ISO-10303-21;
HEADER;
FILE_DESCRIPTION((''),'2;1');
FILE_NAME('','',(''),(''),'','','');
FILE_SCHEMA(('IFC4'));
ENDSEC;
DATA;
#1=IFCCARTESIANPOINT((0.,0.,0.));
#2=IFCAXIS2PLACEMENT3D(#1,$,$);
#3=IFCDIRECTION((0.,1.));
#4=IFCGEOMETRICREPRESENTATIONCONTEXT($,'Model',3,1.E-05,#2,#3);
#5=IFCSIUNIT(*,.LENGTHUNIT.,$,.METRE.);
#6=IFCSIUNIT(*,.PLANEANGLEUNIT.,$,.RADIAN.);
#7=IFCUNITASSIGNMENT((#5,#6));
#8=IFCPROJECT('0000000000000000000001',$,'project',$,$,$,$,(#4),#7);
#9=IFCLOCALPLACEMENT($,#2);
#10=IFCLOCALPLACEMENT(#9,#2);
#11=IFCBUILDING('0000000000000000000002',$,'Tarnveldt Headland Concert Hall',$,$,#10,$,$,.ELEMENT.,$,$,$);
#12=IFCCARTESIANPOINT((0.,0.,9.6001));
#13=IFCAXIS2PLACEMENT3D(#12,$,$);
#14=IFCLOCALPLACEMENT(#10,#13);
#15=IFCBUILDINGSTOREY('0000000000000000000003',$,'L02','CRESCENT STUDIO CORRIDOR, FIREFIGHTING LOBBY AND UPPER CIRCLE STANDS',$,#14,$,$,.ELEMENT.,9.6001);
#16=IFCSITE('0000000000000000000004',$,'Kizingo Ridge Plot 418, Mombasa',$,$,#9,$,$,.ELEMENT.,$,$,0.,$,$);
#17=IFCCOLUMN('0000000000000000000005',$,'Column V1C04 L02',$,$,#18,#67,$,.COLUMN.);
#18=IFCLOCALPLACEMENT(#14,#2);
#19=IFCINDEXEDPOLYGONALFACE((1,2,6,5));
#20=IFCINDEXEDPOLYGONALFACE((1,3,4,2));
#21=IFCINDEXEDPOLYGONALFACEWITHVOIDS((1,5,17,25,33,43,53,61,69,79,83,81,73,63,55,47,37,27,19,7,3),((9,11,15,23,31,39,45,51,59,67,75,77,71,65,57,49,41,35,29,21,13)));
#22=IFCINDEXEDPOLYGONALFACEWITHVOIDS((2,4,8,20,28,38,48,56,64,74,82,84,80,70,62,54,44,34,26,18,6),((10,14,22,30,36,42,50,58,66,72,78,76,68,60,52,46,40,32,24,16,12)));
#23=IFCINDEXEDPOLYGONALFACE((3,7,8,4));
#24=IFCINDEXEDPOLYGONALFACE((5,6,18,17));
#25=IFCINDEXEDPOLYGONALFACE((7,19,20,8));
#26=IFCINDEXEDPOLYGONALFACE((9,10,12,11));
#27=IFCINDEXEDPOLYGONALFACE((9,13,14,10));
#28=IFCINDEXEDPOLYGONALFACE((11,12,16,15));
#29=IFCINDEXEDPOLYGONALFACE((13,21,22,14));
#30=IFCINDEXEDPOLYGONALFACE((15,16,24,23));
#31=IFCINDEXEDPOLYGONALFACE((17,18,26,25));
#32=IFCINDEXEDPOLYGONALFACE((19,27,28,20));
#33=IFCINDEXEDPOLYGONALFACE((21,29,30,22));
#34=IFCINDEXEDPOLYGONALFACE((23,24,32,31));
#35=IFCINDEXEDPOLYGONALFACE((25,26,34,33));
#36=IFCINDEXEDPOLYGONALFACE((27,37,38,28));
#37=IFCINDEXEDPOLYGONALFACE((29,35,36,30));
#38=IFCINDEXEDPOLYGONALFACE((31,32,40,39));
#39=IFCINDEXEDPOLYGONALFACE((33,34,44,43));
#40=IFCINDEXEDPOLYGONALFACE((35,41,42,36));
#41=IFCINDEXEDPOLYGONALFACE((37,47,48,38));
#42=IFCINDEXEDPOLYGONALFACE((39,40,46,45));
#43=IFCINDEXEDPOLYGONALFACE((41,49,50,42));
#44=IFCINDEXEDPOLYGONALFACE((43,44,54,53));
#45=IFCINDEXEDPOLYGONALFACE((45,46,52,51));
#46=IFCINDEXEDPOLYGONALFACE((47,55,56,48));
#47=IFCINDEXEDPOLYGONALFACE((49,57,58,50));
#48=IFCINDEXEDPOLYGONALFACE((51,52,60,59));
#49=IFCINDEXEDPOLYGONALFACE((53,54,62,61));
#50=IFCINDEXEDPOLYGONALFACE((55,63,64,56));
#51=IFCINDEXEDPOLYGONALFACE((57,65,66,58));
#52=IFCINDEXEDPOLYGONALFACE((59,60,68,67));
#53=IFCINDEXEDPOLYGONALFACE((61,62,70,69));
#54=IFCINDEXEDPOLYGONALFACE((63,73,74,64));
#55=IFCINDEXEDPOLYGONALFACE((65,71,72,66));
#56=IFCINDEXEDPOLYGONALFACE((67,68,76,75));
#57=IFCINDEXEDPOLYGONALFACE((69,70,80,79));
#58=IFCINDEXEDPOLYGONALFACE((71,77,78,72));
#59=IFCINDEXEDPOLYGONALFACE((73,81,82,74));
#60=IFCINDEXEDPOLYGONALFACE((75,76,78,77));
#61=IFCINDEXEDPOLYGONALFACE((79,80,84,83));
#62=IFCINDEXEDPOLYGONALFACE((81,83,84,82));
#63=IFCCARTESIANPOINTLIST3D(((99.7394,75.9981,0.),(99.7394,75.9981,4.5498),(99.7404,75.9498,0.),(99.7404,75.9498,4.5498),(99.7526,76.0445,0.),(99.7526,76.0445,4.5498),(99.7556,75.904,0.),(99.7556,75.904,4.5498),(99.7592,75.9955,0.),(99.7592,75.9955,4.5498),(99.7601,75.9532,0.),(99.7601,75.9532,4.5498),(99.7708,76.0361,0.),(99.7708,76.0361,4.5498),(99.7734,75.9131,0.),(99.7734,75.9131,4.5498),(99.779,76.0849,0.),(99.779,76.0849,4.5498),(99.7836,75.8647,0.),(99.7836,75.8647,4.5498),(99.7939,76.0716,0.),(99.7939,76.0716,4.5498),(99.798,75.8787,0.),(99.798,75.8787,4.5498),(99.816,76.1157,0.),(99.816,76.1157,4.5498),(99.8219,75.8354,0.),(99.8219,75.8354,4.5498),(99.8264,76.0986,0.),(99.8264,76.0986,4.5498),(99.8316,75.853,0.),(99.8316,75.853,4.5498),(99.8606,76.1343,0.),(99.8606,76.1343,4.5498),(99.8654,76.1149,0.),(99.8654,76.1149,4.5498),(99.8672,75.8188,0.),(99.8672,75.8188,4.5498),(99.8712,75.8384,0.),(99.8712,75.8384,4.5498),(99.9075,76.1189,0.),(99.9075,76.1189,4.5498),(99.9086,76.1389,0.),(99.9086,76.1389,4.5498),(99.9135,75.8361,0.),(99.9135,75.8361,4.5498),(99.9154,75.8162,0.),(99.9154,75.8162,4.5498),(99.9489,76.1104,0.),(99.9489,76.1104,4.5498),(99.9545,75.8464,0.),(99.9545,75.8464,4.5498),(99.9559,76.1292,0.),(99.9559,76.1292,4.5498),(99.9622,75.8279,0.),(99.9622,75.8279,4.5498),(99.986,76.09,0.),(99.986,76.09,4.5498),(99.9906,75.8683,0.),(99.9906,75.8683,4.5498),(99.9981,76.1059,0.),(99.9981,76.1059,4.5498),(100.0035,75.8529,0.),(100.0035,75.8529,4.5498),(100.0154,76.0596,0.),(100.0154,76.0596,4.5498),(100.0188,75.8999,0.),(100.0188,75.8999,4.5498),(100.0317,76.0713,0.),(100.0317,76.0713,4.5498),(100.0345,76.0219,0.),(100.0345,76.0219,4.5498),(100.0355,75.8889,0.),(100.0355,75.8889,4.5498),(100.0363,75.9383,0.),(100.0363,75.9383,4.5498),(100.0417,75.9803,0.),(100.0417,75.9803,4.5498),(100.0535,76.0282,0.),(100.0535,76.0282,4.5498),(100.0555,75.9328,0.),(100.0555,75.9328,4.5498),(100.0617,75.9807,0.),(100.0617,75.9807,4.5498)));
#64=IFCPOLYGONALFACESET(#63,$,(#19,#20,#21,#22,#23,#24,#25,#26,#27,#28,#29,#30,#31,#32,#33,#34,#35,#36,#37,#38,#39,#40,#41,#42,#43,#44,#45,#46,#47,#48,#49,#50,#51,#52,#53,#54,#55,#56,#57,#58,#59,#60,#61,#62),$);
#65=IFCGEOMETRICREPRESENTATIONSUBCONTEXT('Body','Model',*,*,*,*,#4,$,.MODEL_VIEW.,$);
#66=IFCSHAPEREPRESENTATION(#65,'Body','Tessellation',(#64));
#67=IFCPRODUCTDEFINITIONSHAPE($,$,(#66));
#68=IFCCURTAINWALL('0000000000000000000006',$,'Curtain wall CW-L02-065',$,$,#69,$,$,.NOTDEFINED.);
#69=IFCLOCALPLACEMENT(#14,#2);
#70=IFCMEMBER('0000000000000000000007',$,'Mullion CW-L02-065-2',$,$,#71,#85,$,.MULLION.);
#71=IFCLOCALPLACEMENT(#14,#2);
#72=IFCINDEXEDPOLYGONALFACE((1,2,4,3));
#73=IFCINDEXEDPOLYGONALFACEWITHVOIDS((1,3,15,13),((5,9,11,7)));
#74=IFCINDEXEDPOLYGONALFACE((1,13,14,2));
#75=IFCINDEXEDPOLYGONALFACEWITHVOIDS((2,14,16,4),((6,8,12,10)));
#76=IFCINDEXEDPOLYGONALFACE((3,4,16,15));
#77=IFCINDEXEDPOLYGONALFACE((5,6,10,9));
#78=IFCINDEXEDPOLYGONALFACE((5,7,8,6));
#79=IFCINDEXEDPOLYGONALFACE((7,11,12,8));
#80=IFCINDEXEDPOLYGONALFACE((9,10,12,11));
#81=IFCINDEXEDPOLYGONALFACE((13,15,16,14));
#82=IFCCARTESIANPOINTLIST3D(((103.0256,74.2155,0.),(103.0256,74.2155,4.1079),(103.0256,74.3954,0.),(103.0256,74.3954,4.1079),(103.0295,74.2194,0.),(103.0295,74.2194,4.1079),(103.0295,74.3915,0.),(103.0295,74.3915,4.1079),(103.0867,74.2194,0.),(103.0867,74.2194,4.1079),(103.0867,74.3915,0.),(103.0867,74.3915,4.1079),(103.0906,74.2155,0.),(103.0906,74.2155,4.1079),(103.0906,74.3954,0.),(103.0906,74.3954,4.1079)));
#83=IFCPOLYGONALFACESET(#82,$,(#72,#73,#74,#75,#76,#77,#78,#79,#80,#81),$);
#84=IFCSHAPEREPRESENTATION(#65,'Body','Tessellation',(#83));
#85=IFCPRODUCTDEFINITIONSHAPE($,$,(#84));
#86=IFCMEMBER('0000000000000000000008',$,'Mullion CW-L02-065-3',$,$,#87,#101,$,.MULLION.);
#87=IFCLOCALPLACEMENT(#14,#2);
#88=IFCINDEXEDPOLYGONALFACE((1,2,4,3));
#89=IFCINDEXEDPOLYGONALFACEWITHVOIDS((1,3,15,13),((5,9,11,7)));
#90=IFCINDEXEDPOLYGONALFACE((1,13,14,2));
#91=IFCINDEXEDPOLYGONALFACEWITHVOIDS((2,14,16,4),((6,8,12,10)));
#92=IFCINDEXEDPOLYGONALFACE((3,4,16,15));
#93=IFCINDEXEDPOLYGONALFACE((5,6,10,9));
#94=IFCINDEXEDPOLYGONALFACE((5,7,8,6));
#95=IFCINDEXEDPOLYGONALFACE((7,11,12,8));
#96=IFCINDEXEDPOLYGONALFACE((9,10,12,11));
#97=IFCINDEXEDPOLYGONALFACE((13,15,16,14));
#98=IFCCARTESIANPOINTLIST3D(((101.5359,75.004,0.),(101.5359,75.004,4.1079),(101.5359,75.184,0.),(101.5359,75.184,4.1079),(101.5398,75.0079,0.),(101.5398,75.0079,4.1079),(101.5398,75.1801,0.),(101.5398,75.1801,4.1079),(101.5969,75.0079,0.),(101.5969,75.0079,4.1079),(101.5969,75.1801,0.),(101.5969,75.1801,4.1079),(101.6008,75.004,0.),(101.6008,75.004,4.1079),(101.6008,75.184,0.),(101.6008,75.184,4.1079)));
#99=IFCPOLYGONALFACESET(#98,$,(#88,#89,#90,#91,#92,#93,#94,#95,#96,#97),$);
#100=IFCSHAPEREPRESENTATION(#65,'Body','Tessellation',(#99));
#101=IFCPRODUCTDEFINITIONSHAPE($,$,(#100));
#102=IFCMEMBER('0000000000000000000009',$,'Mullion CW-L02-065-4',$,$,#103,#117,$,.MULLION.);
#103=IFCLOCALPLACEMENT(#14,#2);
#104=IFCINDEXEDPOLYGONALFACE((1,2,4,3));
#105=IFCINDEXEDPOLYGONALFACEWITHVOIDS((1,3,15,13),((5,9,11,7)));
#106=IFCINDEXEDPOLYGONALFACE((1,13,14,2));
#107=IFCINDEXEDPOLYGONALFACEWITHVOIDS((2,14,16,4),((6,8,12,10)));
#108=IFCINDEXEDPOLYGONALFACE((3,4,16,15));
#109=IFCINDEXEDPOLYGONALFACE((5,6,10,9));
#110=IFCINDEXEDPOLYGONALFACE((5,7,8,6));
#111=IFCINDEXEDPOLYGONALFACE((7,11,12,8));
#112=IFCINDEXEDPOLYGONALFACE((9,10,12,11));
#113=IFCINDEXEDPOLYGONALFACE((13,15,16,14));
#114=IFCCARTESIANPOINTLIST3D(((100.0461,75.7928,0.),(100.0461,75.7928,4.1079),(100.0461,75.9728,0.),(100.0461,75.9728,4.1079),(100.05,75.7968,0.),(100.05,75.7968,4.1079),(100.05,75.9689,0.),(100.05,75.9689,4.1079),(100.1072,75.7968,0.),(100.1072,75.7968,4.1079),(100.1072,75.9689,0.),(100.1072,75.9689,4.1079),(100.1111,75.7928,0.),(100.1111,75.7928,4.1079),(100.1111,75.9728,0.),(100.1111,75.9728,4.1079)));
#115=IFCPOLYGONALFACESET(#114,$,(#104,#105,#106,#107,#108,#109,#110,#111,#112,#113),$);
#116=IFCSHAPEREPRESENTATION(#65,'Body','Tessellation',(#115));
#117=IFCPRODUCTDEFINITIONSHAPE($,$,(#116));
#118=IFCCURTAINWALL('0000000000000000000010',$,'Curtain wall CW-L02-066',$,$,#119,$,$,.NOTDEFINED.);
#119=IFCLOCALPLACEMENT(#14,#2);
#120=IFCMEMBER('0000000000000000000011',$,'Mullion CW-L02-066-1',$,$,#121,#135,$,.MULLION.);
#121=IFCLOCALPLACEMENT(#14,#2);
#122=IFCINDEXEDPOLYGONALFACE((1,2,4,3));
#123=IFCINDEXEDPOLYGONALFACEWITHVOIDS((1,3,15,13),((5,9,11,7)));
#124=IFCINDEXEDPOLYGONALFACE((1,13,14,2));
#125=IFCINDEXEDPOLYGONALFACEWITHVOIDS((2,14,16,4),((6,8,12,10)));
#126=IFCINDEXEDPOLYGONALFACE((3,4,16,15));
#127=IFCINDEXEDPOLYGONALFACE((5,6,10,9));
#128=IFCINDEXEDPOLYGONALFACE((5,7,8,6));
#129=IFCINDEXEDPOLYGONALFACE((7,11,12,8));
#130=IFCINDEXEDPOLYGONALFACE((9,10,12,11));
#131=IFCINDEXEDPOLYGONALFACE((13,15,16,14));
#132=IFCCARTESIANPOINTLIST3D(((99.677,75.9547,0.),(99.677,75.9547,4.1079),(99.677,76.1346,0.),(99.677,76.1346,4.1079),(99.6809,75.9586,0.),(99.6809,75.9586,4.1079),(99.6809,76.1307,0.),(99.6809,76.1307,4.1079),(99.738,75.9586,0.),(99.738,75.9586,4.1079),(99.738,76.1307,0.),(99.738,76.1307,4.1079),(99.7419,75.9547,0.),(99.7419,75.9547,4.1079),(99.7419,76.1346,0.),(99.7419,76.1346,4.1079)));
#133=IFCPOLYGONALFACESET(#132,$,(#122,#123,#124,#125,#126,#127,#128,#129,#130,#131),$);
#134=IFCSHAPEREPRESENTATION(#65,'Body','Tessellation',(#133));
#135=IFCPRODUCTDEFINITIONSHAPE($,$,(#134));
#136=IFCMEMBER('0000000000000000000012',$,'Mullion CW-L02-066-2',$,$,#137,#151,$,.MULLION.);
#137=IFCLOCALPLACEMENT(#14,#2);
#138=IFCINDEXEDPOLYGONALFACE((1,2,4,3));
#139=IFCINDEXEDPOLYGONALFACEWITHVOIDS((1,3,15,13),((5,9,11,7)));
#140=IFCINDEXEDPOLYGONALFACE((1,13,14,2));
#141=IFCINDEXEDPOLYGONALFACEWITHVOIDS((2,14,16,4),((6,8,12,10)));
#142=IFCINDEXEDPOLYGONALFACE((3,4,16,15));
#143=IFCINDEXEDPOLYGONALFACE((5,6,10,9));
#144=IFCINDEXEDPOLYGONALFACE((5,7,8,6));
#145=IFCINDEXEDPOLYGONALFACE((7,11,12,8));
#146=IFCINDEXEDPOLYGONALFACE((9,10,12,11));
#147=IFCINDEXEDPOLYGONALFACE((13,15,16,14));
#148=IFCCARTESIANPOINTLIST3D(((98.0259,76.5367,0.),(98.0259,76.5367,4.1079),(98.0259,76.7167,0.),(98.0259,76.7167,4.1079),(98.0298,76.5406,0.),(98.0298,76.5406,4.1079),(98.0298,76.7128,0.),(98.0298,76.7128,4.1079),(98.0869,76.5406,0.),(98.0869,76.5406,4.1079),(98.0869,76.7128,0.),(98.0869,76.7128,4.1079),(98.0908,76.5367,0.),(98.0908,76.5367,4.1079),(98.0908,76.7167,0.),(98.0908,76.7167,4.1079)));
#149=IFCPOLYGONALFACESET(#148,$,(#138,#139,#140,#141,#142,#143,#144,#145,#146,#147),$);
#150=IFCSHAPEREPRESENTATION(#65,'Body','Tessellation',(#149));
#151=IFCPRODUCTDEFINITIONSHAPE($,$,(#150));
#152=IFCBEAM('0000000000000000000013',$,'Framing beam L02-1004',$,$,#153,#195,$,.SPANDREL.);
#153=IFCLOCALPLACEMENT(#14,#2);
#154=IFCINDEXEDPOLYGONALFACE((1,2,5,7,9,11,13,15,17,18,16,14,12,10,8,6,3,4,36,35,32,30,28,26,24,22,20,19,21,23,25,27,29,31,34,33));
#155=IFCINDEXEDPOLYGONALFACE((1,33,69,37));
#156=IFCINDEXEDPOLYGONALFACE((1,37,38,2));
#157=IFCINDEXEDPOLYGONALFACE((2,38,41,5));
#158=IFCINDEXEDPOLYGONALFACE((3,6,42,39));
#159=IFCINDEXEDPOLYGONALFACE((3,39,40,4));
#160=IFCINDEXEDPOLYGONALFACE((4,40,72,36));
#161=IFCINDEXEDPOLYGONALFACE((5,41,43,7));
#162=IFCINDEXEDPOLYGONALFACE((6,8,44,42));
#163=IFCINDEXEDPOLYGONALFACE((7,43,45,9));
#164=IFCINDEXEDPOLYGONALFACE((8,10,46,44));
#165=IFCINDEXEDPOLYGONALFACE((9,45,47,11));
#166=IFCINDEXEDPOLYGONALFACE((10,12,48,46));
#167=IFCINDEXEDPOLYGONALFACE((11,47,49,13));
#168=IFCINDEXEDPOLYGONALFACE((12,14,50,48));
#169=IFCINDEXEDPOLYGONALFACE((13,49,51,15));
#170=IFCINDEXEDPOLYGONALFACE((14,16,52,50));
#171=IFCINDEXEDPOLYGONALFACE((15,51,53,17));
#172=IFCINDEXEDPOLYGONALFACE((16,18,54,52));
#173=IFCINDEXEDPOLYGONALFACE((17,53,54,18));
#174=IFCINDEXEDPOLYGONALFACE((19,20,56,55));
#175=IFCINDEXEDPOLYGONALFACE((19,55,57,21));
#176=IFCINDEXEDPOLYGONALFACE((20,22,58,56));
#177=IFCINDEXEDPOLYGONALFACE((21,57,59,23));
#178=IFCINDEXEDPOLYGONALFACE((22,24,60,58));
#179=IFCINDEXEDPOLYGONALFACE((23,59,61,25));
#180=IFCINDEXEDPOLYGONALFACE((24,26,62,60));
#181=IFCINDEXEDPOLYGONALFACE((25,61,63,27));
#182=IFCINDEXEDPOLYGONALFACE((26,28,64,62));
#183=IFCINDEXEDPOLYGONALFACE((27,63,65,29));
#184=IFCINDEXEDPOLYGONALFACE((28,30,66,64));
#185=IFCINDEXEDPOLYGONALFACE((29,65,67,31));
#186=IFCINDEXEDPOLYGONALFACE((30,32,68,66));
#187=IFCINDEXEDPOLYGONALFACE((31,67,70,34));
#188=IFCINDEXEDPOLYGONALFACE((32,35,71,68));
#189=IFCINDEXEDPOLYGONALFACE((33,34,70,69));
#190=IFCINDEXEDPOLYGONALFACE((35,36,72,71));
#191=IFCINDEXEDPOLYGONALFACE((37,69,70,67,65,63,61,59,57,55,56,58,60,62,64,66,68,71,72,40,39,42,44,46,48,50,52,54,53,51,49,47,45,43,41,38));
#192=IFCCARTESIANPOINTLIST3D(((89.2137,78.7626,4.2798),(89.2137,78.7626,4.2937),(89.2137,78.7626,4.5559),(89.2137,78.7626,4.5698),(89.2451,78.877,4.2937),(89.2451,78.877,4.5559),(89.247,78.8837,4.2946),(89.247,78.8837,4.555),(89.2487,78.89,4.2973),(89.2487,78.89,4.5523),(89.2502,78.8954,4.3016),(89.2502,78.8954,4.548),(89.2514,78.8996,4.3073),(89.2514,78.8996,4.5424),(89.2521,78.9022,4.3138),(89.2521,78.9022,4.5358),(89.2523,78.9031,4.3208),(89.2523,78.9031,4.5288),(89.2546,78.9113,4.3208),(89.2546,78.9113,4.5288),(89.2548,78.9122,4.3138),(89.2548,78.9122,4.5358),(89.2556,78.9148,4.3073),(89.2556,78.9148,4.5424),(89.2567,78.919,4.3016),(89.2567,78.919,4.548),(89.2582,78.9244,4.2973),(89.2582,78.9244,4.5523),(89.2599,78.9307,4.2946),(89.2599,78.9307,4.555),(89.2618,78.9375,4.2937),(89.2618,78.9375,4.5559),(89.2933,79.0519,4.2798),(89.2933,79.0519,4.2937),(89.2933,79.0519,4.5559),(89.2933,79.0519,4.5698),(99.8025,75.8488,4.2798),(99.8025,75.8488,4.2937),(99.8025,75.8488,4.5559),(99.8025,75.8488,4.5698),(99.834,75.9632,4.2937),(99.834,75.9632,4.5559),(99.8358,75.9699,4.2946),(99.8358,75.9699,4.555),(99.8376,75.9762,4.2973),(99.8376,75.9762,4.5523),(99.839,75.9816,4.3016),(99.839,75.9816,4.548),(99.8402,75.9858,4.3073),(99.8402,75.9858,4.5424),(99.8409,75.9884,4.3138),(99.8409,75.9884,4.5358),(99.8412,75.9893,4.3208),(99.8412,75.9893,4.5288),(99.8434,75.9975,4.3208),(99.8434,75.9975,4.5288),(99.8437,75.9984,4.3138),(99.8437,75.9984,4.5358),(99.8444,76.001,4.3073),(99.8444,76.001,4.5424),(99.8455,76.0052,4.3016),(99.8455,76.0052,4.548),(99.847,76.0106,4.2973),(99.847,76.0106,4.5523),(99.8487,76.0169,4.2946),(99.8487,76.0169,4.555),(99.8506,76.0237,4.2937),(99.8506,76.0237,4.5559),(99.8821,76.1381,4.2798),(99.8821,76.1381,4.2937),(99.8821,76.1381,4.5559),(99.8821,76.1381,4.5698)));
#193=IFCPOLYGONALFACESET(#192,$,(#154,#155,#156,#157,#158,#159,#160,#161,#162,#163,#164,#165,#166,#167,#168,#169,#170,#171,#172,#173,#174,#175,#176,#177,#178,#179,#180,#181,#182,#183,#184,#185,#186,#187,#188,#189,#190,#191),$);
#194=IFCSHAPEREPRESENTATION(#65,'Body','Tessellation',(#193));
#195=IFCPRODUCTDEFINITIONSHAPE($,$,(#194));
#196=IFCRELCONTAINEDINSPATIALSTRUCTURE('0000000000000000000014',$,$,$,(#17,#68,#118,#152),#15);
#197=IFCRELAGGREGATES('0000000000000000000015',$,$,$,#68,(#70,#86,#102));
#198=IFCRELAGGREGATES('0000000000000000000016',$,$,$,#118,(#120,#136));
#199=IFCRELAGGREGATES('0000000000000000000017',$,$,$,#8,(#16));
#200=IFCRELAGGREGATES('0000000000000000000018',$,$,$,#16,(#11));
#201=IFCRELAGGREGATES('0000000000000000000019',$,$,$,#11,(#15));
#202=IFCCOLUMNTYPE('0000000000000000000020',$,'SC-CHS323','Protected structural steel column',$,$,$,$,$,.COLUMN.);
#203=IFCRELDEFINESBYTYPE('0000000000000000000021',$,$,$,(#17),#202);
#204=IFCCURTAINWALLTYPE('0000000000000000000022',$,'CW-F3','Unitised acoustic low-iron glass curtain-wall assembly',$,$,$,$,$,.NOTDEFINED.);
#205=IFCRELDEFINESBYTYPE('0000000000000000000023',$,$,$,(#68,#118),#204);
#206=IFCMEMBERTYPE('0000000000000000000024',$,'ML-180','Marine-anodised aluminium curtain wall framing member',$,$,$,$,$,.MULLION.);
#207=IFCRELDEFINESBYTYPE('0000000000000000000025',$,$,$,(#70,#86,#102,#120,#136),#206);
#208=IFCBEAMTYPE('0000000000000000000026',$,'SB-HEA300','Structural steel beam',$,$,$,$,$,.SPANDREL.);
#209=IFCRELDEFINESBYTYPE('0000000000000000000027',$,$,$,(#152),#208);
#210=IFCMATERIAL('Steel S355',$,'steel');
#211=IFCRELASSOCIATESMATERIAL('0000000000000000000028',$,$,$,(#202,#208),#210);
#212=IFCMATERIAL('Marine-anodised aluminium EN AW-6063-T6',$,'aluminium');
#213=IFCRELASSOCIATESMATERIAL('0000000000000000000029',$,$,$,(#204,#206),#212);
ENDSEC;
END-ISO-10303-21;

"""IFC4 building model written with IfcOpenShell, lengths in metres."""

from ifc_helpers import new_model, si_unit, direction, frame, origin, origin_2d, place, context, subcontext, project, spatial, hollow_rectangle, hollow_circle, i_section, extrude, material, material_profile, profile_set, type_object, element, aggregate, save


model = new_model("IFC4")

# Units and contexts
model_context = context("Model", 3, precision=1e-05, world=origin(), true_north=direction((0.0, 1.0)))
body_context = subcontext(model_context, "Body", "Model", "MODEL_VIEW")
ifc_project = project(units=[si_unit("LENGTHUNIT", "METRE"), si_unit("PLANEANGLEUNIT", "RADIAN")], contexts=[model_context])

# Site, building, storey
site_placement = place(None, origin())
site = spatial("IfcSite", under=ifc_project, at=site_placement, Name="Kizingo Ridge Plot 418, Mombasa", CompositionType="ELEMENT", RefElevation=0.0)
building_placement = place(site_placement, origin())
building = spatial("IfcBuilding", under=site, at=building_placement, Name="Tarnveldt Headland Concert Hall", CompositionType="ELEMENT")
storey_placement = place(building_placement, frame((0.0, 0.0, 9.6001)))
storey = spatial("IfcBuildingStorey", under=building, at=storey_placement, Name="L02", Description="CRESCENT STUDIO CORRIDOR, FIREFIGHTING LOBBY AND UPPER CIRCLE STANDS", CompositionType="ELEMENT", Elevation=9.6001)

# Column
ifc_material_1 = material(Name="Steel S355", Category="steel")
ifc_material_profile_1 = material_profile(ifc_material_1, hollow_circle(Radius=0.1619, WallThickness=0.02, at=origin_2d()), Name="CHS 323.9x20", Category="steel")
ifc_profile_set_1 = profile_set([ifc_material_profile_1], Name="Steel S355")
column_type = type_object("IfcColumnType", Name="SC-CHS323", Description="Protected structural steel column", PredefinedType="COLUMN", material=ifc_profile_set_1)
column_placement = place(storey_placement, frame((99.8999, 75.9773, 0.0), z_axis=(0.0, 0.0, 1.0), x_axis=(0.60696, 0.794733, 0.0)))
element("IfcColumn", 1, at=column_placement, inside=storey, type_object=column_type, Name="Column V1C04 L02", PredefinedType="COLUMN", context=body_context, shape_type="SweptSolid", body=[
    extrude(hollow_circle(Radius=0.1619, WallThickness=0.02, at=origin_2d()), origin(), (0.0, 0.0, 1.0), 4.5498),
])

# Curtain walls, members
ifc_material_2 = material(Name="Marine-anodised aluminium EN AW-6063-T6", Category="aluminium")
curtain_wall_type = type_object("IfcCurtainWallType", Name="CW-F3", Description="Unitised acoustic low-iron glass curtain-wall assembly", PredefinedType="NOTDEFINED", material=ifc_material_2)
curtain_wall_1_placement = place(storey_placement, origin())
curtain_wall_1 = element("IfcCurtainWall", 2, at=curtain_wall_1_placement, inside=storey, type_object=curtain_wall_type, Name="Curtain wall CW-L02-065", PredefinedType="NOTDEFINED")
ifc_material_profile_2 = material_profile(ifc_material_2, hollow_rectangle(XDim=0.0649, YDim=0.1799, WallThickness=0.0039, at=origin_2d()), Name="ALU MULLION 65x180x4", Category="aluminium")
ifc_profile_set_2 = profile_set([ifc_material_profile_2], Name="Marine-anodised aluminium EN AW-6063-T6")
member_type_1 = type_object("IfcMemberType", Name="ML-180", Description="Marine-anodised aluminium curtain wall framing member", PredefinedType="MULLION", material=ifc_profile_set_2)
member_1_placement = place(storey_placement, frame((103.0581, 74.3054, 0.0), z_axis=(0.0, 0.0, 1.0), x_axis=(1.0, 0.0, 0.0)))
member_1 = element("IfcMember", 3, at=member_1_placement, type_object=member_type_1, Name="Mullion CW-L02-065-2", PredefinedType="MULLION", context=body_context, shape_type="SweptSolid", body=[
    extrude(hollow_rectangle(XDim=0.0649, YDim=0.1799, WallThickness=0.0039, at=origin_2d()), origin(), (0.0, 0.0, 1.0), 4.1079),
])
member_2_placement = place(storey_placement, frame((101.5684, 75.094, 0.0), z_axis=(0.0, 0.0, 1.0), x_axis=(1.0, 0.0, 0.0)))
member_2 = element("IfcMember", 4, at=member_2_placement, type_object=member_type_1, Name="Mullion CW-L02-065-3", PredefinedType="MULLION", context=body_context, shape_type="SweptSolid", body=[
    extrude(hollow_rectangle(XDim=0.0649, YDim=0.1799, WallThickness=0.0039, at=origin_2d()), origin(), (0.0, 0.0, 1.0), 4.1079),
])
member_3_placement = place(storey_placement, frame((100.0786, 75.8828, 0.0), z_axis=(0.0, 0.0, 1.0), x_axis=(1.0, 0.0, 0.0)))
member_3 = element("IfcMember", 5, at=member_3_placement, type_object=member_type_1, Name="Mullion CW-L02-065-4", PredefinedType="MULLION", context=body_context, shape_type="SweptSolid", body=[
    extrude(hollow_rectangle(XDim=0.0649, YDim=0.1799, WallThickness=0.0039, at=origin_2d()), origin(), (0.0, 0.0, 1.0), 4.1079),
])
curtain_wall_2_placement = place(storey_placement, origin())
curtain_wall_2 = element("IfcCurtainWall", 6, at=curtain_wall_2_placement, inside=storey, type_object=curtain_wall_type, Name="Curtain wall CW-L02-066", PredefinedType="NOTDEFINED")
member_4_placement = place(storey_placement, frame((99.7095, 76.0447, 0.0), z_axis=(0.0, 0.0, 1.0), x_axis=(1.0, 0.0, 0.0)))
member_4 = element("IfcMember", 7, at=member_4_placement, type_object=member_type_1, Name="Mullion CW-L02-066-1", PredefinedType="MULLION", context=body_context, shape_type="SweptSolid", body=[
    extrude(hollow_rectangle(XDim=0.0649, YDim=0.1799, WallThickness=0.0039, at=origin_2d()), origin(), (0.0, 0.0, 1.0), 4.1079),
])
member_5_placement = place(storey_placement, frame((98.0583, 76.6267, 0.0), z_axis=(0.0, 0.0, 1.0), x_axis=(1.0, 0.0, 0.0)))
member_5 = element("IfcMember", 8, at=member_5_placement, type_object=member_type_1, Name="Mullion CW-L02-066-2", PredefinedType="MULLION", context=body_context, shape_type="SweptSolid", body=[
    extrude(hollow_rectangle(XDim=0.0649, YDim=0.1799, WallThickness=0.0039, at=origin_2d()), origin(), (0.0, 0.0, 1.0), 4.1079),
])

# Beam
ifc_material_profile_3 = material_profile(ifc_material_1, i_section(OverallWidth=0.3, OverallDepth=0.29, WebThickness=0.0085, FlangeThickness=0.0139, FilletRadius=0.0271, at=origin_2d()), Name="HEA300", Category="steel")
ifc_profile_set_3 = profile_set([ifc_material_profile_3], Name="Steel S355")
beam_type_1 = type_object("IfcBeamType", Name="SB-HEA300", Description="Structural steel beam", PredefinedType="SPANDREL", material=ifc_profile_set_3)
beam_1_placement = place(storey_placement, frame((99.8423, 75.9934, 4.4248), z_axis=(-0.964162, 0.265316, 0.0), x_axis=(-0.265316, -0.964162, 0.0)))
element("IfcBeam", 9, at=beam_1_placement, inside=storey, type_object=beam_type_1, Name="Framing beam L02-1004", PredefinedType="SPANDREL", context=body_context, shape_type="SweptSolid", body=[
    extrude(i_section(OverallWidth=0.3, OverallDepth=0.29, WebThickness=0.0085, FlangeThickness=0.0139, FilletRadius=0.0271, at=origin_2d()), origin(), (0.0, 0.0, 1.0), 10.9824),
])

aggregate(curtain_wall_1, [member_1, member_2, member_3])
aggregate(curtain_wall_2, [member_4, member_5])

save(model, "model.ifc")
